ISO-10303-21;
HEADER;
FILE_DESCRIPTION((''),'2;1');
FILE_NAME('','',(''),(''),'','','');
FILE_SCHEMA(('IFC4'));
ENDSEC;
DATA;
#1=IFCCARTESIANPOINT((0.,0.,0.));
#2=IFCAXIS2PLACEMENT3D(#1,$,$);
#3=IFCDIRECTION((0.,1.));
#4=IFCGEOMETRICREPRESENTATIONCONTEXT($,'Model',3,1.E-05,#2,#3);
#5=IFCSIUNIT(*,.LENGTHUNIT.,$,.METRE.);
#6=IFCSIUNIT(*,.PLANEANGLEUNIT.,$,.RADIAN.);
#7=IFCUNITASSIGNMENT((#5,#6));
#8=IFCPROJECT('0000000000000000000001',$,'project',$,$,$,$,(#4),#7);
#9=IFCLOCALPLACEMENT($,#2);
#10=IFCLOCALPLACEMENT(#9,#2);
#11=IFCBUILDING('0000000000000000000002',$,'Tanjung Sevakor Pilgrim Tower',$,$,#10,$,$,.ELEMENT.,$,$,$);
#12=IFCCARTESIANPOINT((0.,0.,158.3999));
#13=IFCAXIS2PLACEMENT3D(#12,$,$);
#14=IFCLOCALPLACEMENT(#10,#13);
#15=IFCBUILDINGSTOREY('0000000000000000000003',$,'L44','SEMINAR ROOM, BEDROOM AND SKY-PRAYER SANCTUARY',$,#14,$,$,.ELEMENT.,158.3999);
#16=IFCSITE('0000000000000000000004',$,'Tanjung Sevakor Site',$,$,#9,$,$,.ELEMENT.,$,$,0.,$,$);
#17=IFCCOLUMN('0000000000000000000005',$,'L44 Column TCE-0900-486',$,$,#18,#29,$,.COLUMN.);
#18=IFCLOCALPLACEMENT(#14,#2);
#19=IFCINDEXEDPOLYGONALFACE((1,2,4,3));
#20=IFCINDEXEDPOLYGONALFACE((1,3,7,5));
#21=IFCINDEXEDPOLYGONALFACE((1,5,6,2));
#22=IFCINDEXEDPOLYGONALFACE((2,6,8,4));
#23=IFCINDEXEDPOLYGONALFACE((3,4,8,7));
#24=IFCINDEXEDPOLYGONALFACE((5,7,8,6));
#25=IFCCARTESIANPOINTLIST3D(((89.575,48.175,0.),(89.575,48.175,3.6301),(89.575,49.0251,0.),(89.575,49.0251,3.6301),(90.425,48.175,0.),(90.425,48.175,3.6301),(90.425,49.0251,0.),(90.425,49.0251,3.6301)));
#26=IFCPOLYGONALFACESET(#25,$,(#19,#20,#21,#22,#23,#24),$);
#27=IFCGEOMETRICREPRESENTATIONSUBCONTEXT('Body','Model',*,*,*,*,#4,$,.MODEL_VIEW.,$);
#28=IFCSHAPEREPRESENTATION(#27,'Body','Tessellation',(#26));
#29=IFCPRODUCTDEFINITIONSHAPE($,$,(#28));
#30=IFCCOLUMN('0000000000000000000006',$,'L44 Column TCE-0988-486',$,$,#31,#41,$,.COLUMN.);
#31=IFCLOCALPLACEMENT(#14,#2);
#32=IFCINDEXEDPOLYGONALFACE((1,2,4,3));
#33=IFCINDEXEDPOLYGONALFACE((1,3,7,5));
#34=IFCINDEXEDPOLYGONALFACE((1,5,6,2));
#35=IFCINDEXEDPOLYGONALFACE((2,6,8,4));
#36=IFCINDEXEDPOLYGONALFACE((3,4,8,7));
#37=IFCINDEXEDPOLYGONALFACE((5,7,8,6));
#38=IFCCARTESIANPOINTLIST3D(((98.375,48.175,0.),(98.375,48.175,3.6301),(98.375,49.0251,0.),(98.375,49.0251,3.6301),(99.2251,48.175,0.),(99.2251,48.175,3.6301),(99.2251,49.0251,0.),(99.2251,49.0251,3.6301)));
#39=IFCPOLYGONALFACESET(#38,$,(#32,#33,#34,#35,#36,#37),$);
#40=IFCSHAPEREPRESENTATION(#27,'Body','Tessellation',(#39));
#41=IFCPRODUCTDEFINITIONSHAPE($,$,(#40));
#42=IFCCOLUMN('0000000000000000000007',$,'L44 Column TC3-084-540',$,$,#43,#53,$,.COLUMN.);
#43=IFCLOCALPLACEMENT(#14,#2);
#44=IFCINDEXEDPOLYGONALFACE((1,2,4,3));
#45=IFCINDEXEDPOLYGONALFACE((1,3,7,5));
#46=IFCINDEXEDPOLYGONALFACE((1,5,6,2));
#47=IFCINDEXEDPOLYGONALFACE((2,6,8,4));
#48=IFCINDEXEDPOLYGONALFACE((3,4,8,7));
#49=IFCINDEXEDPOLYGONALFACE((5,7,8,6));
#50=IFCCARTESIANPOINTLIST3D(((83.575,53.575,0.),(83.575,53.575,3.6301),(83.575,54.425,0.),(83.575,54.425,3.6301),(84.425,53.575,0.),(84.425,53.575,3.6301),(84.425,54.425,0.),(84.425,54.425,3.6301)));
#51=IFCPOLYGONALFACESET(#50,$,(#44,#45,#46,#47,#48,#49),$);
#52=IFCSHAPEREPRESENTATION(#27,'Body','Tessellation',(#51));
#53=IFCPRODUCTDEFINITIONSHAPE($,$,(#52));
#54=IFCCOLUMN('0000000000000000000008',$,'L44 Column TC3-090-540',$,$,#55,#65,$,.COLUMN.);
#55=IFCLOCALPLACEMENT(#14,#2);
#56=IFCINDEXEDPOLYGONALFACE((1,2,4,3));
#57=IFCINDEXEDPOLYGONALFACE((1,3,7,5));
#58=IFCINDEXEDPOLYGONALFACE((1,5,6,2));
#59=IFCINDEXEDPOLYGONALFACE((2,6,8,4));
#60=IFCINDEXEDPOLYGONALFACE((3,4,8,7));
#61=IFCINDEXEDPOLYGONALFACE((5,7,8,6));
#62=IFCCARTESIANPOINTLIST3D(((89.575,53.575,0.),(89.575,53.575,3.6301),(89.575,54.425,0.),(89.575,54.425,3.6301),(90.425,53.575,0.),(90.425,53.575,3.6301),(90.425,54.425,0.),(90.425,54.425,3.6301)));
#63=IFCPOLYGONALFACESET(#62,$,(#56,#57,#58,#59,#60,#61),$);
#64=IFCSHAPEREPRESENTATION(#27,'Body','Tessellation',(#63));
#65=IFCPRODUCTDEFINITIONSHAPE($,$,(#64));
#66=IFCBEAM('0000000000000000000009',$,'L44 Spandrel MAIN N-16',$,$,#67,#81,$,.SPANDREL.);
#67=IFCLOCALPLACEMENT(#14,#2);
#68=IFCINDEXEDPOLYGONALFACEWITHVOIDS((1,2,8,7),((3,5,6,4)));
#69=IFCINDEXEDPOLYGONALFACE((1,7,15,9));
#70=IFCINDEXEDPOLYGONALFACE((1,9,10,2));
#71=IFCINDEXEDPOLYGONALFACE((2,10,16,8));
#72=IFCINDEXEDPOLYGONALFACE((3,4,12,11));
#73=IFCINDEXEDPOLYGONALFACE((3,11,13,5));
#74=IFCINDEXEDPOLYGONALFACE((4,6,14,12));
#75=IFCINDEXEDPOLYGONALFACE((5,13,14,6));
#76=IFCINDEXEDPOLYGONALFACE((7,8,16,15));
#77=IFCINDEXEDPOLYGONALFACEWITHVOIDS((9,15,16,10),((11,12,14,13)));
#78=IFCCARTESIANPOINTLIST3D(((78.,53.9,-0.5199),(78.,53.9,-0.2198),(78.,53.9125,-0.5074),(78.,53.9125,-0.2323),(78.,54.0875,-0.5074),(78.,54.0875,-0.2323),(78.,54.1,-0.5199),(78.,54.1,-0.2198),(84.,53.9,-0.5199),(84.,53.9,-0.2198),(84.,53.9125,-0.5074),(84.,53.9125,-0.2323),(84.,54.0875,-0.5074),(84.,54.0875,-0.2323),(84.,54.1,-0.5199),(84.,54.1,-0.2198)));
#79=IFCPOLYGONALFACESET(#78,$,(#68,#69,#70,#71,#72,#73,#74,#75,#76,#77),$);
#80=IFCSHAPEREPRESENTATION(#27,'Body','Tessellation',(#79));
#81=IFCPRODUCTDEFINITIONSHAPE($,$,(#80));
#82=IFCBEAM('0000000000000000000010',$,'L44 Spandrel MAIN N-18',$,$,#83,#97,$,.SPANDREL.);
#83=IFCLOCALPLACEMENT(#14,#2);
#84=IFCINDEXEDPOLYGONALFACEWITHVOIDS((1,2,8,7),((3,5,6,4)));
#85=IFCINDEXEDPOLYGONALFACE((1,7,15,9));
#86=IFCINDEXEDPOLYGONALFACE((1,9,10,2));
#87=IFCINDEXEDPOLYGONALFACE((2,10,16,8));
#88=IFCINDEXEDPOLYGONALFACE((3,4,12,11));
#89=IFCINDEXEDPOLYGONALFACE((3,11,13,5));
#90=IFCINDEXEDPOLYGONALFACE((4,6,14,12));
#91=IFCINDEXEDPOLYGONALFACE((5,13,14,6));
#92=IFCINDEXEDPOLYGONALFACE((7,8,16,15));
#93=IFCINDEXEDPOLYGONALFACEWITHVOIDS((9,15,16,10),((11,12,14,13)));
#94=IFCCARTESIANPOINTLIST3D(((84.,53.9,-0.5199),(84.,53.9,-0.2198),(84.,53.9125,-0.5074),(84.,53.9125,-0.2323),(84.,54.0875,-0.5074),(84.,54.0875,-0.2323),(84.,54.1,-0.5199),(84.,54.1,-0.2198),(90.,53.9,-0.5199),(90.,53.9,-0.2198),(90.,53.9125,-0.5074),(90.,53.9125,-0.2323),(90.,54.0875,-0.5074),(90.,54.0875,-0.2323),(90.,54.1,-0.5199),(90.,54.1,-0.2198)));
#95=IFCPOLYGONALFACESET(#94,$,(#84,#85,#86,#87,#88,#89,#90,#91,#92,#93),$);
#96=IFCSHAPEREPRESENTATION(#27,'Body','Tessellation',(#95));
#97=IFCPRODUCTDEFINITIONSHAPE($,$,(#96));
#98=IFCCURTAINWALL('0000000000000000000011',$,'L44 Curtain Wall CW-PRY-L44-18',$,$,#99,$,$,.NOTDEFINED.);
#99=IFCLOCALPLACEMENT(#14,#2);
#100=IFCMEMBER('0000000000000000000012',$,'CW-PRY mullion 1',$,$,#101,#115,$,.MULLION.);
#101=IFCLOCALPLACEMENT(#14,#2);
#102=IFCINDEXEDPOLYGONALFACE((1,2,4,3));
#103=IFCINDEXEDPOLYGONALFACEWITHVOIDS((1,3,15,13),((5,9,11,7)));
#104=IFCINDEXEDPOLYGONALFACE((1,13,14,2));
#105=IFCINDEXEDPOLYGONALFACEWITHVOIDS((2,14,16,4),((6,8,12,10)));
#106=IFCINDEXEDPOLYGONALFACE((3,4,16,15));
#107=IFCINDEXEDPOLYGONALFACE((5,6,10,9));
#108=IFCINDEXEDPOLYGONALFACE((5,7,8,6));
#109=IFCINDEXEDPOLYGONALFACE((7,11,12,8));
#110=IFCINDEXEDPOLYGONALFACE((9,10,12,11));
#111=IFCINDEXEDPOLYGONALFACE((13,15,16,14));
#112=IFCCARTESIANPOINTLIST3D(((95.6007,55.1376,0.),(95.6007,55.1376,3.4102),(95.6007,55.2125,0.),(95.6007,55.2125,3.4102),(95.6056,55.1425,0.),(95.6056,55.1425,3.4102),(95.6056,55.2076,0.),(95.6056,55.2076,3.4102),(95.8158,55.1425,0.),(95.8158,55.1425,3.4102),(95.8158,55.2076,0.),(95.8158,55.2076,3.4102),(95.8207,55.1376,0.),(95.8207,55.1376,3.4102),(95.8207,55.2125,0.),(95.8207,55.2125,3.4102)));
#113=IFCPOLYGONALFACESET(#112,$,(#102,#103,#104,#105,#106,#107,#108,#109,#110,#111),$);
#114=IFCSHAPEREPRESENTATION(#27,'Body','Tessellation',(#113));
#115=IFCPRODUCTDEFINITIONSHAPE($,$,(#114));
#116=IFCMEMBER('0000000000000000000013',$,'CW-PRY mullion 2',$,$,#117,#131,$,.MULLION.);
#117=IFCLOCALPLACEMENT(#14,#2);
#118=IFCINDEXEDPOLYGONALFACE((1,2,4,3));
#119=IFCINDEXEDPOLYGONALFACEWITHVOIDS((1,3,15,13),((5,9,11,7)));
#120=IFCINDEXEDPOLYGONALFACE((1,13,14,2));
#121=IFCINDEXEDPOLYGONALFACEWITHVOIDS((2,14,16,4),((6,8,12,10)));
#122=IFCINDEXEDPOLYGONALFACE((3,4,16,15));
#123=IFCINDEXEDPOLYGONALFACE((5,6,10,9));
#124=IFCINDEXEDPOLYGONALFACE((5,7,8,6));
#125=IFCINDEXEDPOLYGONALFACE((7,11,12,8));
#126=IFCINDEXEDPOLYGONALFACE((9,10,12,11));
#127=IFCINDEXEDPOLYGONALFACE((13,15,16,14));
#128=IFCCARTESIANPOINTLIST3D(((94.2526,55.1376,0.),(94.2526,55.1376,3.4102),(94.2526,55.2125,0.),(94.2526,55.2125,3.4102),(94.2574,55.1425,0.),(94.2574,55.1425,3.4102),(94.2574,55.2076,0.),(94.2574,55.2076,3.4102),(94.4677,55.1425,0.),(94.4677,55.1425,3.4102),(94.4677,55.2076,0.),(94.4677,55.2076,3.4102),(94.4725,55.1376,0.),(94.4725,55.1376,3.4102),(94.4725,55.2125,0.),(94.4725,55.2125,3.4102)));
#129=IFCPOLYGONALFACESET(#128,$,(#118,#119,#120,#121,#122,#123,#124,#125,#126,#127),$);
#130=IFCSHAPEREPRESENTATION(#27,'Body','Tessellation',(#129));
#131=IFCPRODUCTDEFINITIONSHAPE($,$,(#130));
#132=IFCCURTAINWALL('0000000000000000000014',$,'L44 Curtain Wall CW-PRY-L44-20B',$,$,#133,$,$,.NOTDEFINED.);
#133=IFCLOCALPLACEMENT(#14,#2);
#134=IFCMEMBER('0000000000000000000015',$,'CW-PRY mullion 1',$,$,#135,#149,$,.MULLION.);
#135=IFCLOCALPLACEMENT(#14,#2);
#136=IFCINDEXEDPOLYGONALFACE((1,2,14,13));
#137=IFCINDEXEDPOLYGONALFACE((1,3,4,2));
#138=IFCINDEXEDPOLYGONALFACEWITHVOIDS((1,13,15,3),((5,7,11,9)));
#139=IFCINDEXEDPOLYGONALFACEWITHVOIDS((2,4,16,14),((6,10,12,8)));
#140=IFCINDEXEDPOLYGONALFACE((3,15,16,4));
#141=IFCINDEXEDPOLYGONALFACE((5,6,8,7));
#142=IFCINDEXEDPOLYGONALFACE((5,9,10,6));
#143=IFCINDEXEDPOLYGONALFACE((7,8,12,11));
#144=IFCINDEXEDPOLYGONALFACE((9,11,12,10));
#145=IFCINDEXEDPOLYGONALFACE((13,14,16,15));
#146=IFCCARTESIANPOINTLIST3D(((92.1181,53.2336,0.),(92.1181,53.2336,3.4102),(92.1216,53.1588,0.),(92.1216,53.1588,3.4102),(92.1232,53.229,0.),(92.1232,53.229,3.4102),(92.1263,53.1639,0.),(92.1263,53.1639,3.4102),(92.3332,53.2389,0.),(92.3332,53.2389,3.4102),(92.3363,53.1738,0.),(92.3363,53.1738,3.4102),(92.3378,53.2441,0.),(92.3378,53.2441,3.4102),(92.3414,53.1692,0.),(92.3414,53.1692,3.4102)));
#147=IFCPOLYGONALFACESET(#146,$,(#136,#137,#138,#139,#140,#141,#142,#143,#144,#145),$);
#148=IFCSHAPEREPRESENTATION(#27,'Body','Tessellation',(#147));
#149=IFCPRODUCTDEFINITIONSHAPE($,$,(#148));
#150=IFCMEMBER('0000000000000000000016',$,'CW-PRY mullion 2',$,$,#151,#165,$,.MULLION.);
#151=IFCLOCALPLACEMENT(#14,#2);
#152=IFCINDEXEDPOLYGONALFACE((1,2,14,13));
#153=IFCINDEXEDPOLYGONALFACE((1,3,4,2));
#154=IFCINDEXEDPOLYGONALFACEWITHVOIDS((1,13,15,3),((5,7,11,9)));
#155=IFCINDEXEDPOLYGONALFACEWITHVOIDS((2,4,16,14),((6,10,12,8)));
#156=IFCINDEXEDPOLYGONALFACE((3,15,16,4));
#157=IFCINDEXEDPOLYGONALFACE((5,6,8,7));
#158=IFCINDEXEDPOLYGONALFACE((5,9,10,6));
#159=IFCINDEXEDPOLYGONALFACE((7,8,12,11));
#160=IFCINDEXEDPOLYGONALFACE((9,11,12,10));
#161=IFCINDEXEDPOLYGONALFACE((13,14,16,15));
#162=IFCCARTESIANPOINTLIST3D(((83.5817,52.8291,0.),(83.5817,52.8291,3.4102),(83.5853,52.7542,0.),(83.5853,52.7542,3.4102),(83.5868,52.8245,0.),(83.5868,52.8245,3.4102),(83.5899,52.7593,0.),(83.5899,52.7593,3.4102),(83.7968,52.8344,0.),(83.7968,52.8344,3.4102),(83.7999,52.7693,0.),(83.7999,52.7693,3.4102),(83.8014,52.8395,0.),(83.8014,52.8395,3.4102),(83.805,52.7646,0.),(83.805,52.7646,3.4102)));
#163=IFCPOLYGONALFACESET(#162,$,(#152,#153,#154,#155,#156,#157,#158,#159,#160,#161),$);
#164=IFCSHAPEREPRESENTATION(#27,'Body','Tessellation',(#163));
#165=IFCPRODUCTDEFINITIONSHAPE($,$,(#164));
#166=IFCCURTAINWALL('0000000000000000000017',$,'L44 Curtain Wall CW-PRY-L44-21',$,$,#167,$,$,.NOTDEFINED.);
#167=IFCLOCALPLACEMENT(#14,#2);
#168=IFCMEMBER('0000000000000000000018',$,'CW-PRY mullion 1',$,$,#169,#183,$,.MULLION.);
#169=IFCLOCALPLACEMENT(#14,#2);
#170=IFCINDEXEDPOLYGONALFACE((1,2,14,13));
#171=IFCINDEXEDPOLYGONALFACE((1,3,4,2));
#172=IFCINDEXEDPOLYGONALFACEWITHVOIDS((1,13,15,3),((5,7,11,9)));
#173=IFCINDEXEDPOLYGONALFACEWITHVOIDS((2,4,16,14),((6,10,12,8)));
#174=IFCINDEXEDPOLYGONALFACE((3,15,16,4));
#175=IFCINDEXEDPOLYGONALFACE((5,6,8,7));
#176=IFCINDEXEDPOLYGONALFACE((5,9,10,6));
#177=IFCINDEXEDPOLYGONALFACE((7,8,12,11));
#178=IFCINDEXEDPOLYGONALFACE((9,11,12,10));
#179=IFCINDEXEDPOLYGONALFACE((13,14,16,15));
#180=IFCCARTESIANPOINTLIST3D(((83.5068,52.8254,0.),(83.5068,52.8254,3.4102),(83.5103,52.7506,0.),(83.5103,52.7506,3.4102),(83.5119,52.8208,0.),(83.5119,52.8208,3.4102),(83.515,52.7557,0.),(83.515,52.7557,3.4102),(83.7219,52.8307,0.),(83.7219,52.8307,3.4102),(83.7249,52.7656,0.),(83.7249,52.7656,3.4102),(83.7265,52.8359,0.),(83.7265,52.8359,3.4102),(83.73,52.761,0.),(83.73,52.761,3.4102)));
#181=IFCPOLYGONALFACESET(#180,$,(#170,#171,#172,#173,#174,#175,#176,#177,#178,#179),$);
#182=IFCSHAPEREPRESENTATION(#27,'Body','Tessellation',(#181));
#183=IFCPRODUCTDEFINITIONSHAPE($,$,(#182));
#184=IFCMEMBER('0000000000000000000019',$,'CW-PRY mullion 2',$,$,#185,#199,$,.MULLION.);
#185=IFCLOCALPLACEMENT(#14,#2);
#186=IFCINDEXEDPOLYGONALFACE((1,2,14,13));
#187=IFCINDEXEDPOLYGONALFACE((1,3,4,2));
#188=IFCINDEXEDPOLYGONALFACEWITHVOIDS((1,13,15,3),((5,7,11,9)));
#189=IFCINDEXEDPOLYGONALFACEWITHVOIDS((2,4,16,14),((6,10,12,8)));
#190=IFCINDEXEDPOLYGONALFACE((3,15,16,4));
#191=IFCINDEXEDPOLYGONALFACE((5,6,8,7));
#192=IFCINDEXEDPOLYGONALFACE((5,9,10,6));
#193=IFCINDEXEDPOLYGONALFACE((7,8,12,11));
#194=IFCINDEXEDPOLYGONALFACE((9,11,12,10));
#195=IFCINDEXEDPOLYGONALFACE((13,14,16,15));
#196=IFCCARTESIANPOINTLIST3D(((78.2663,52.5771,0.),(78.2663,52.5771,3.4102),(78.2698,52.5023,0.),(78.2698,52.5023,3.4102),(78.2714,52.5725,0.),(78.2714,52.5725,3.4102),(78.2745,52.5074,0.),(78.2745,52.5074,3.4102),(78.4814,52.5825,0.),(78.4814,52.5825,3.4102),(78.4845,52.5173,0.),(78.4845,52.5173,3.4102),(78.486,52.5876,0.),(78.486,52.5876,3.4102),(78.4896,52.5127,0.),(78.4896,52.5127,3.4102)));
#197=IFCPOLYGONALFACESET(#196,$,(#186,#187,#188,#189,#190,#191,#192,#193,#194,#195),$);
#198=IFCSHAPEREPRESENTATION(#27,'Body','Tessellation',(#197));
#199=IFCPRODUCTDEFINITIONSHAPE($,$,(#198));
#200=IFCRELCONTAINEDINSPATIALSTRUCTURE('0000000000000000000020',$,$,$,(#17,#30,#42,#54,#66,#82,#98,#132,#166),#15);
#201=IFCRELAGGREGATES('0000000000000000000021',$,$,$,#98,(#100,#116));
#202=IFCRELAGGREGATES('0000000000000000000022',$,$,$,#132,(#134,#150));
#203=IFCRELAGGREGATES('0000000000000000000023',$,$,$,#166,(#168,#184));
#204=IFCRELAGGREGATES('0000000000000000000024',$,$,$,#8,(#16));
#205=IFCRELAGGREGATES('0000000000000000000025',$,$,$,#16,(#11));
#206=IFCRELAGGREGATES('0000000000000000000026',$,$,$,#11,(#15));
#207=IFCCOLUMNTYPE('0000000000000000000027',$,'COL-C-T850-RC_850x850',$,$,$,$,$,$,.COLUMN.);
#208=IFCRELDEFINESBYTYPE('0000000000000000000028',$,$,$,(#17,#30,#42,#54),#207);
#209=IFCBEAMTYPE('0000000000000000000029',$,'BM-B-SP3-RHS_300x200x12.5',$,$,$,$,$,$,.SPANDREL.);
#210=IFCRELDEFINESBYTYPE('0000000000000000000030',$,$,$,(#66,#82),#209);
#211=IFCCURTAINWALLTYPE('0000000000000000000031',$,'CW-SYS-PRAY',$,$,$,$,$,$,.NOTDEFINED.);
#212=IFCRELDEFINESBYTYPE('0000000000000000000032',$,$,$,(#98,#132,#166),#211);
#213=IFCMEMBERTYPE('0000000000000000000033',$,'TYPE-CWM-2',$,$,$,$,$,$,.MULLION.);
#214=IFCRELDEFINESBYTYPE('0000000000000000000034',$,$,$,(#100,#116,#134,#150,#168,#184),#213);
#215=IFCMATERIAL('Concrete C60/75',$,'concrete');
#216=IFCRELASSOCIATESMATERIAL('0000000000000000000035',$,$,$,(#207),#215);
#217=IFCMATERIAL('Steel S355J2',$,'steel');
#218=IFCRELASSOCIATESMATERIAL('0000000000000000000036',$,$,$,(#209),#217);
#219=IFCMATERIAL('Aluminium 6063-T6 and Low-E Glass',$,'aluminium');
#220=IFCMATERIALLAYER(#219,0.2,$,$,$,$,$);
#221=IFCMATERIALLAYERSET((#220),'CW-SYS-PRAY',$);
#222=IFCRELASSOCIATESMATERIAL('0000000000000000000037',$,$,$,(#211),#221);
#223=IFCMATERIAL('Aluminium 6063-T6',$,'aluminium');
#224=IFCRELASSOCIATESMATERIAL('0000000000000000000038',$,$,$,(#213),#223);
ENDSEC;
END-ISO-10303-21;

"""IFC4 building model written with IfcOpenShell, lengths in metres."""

from ifc_helpers import new_model, si_unit, direction, frame, origin, origin_2d, place, context, subcontext, project, spatial, rectangle, hollow_rectangle, extrude, material, layer, layer_set, material_profile, profile_set, type_object, element, aggregate, save


model = new_model("IFC4")

# Units and contexts
model_context = context("Model", 3, precision=1e-05, world=origin(), true_north=direction((0.0, 1.0)))
body_context = subcontext(model_context, "Body", "Model", "MODEL_VIEW")
ifc_project = project(units=[si_unit("LENGTHUNIT", "METRE"), si_unit("PLANEANGLEUNIT", "RADIAN")], contexts=[model_context])

# Site, building, storey
site_placement = place(None, origin())
site = spatial("IfcSite", under=ifc_project, at=site_placement, Name="Tanjung Sevakor Site", CompositionType="ELEMENT", RefElevation=0.0)
building_placement = place(site_placement, origin())
building = spatial("IfcBuilding", under=site, at=building_placement, Name="Tanjung Sevakor Pilgrim Tower", CompositionType="ELEMENT")
storey_placement = place(building_placement, frame((0.0, 0.0, 158.3999)))
storey = spatial("IfcBuildingStorey", under=building, at=storey_placement, Name="L44", Description="SEMINAR ROOM, BEDROOM AND SKY-PRAYER SANCTUARY", CompositionType="ELEMENT", Elevation=158.3999)

# Columns
ifc_material_1 = material(Name="Concrete C60/75", Category="concrete")
ifc_material_profile_1 = material_profile(ifc_material_1, rectangle(XDim=0.8501, YDim=0.8501, at=origin_2d()))
ifc_profile_set_1 = profile_set([ifc_material_profile_1], Name="Concrete C60/75")
column_type = type_object("IfcColumnType", Name="COL-C-T850-RC_850x850", PredefinedType="COLUMN", material=ifc_profile_set_1)
for number, where, z_axis, x_axis, name in (
    (1, (90.0, 48.6001, 0.0), (0.0, 0.0, 1.0), (1.0, 0.0, 0.0), "L44 Column TCE-0900-486"),
    (2, (98.8, 48.6001, 0.0), (0.0, 0.0, 1.0), (1.0, 0.0, 0.0), "L44 Column TCE-0988-486"),
    (3, (84.0, 54.0, 0.0), (0.0, 0.0, 1.0), (1.0, 0.0, 0.0), "L44 Column TC3-084-540"),
    (4, (90.0, 54.0, 0.0), (0.0, 0.0, 1.0), (1.0, 0.0, 0.0), "L44 Column TC3-090-540"),
):
    element("IfcColumn", number, at=place(storey_placement, frame(where, z_axis=z_axis, x_axis=x_axis)), inside=storey, type_object=column_type, Name=name, PredefinedType="COLUMN", context=body_context, shape_type="SweptSolid", body=[
        extrude(rectangle(XDim=0.8501, YDim=0.8501, at=origin_2d()), origin(), (0.0, 0.0, 1.0), 3.6301),
    ])

# Beams
ifc_material_2 = material(Name="Steel S355J2", Category="steel")
ifc_material_profile_2 = material_profile(ifc_material_2, hollow_rectangle(XDim=0.2, YDim=0.3, WallThickness=0.0125, at=origin_2d()))
ifc_profile_set_2 = profile_set([ifc_material_profile_2], Name="Steel S355J2")
beam_type = type_object("IfcBeamType", Name="BM-B-SP3-RHS_300x200x12.5", PredefinedType="SPANDREL", material=ifc_profile_set_2)
for number, where, z_axis, x_axis, name in (
    (5, (78.0, 54.0, -0.3699), (1.0, 0.0, 0.0), (0.0, 1.0, 0.0), "L44 Spandrel MAIN N-16"),
    (6, (84.0, 54.0, -0.3699), (1.0, 0.0, 0.0), (0.0, 1.0, 0.0), "L44 Spandrel MAIN N-18"),
):
    element("IfcBeam", number, at=place(storey_placement, frame(where, z_axis=z_axis, x_axis=x_axis)), inside=storey, type_object=beam_type, Name=name, PredefinedType="SPANDREL", context=body_context, shape_type="SweptSolid", body=[
        extrude(hollow_rectangle(XDim=0.2, YDim=0.3, WallThickness=0.0125, at=origin_2d()), origin(), (0.0, 0.0, 1.0), 6.0),
    ])

# Curtain walls, members
ifc_material_3 = material(Name="Aluminium 6063-T6 and Low-E Glass", Category="aluminium")
ifc_layer_1 = layer(ifc_material_3, 0.2)
ifc_layer_set_1 = layer_set([ifc_layer_1], Name="CW-SYS-PRAY")
curtain_wall_type = type_object("IfcCurtainWallType", Name="CW-SYS-PRAY", PredefinedType="NOTDEFINED", material=ifc_layer_set_1)
curtain_wall_1_placement = place(storey_placement, origin())
curtain_wall_1 = element("IfcCurtainWall", 7, at=curtain_wall_1_placement, inside=storey, type_object=curtain_wall_type, Name="L44 Curtain Wall CW-PRY-L44-18", PredefinedType="NOTDEFINED")
ifc_material_4 = material(Name="Aluminium 6063-T6", Category="aluminium")
ifc_material_profile_3 = material_profile(ifc_material_4, hollow_rectangle(XDim=0.075, YDim=0.22, WallThickness=0.0049, at=origin_2d()))
ifc_profile_set_3 = profile_set([ifc_material_profile_3], Name="Aluminium 6063-T6")
member_type_1 = type_object("IfcMemberType", Name="TYPE-CWM-2", PredefinedType="MULLION", material=ifc_profile_set_3)
member_1_placement = place(storey_placement, frame((95.7107, 55.175, 0.0), z_axis=(0.0, 0.0, 1.0), x_axis=(0.0, -1.0, 0.0)))
member_1 = element("IfcMember", 8, at=member_1_placement, type_object=member_type_1, Name="CW-PRY mullion 1", PredefinedType="MULLION", context=body_context, shape_type="SweptSolid", body=[
    extrude(hollow_rectangle(XDim=0.075, YDim=0.22, WallThickness=0.0049, at=origin_2d()), origin(), (0.0, 0.0, 1.0), 3.4102),
])
member_2_placement = place(storey_placement, frame((94.3625, 55.175, 0.0), z_axis=(0.0, 0.0, 1.0), x_axis=(0.0, -1.0, 0.0)))
member_2 = element("IfcMember", 9, at=member_2_placement, type_object=member_type_1, Name="CW-PRY mullion 2", PredefinedType="MULLION", context=body_context, shape_type="SweptSolid", body=[
    extrude(hollow_rectangle(XDim=0.075, YDim=0.22, WallThickness=0.0049, at=origin_2d()), origin(), (0.0, 0.0, 1.0), 3.4102),
])
curtain_wall_2_placement = place(storey_placement, origin())
curtain_wall_2 = element("IfcCurtainWall", 10, at=curtain_wall_2_placement, inside=storey, type_object=curtain_wall_type, Name="L44 Curtain Wall CW-PRY-L44-20B", PredefinedType="NOTDEFINED")
member_3_placement = place(storey_placement, frame((92.2297, 53.2014, 0.0), z_axis=(0.0, 0.0, 1.0), x_axis=(0.047349, -0.998878, 0.0)))
member_3 = element("IfcMember", 11, at=member_3_placement, type_object=member_type_1, Name="CW-PRY mullion 1", PredefinedType="MULLION", context=body_context, shape_type="SweptSolid", body=[
    extrude(hollow_rectangle(XDim=0.075, YDim=0.22, WallThickness=0.0049, at=origin_2d()), origin(), (0.0, 0.0, 1.0), 3.4102),
])
member_4_placement = place(storey_placement, frame((83.6934, 52.7969, 0.0), z_axis=(0.0, 0.0, 1.0), x_axis=(0.047349, -0.998878, 0.0)))
member_4 = element("IfcMember", 12, at=member_4_placement, type_object=member_type_1, Name="CW-PRY mullion 2", PredefinedType="MULLION", context=body_context, shape_type="SweptSolid", body=[
    extrude(hollow_rectangle(XDim=0.075, YDim=0.22, WallThickness=0.0049, at=origin_2d()), origin(), (0.0, 0.0, 1.0), 3.4102),
])
curtain_wall_3_placement = place(storey_placement, origin())
curtain_wall_3 = element("IfcCurtainWall", 13, at=curtain_wall_3_placement, inside=storey, type_object=curtain_wall_type, Name="L44 Curtain Wall CW-PRY-L44-21", PredefinedType="NOTDEFINED")
member_5_placement = place(storey_placement, frame((83.6184, 52.7932, 0.0), z_axis=(0.0, 0.0, 1.0), x_axis=(0.047333, -0.998879, 0.0)))
member_5 = element("IfcMember", 14, at=member_5_placement, type_object=member_type_1, Name="CW-PRY mullion 1", PredefinedType="MULLION", context=body_context, shape_type="SweptSolid", body=[
    extrude(hollow_rectangle(XDim=0.075, YDim=0.22, WallThickness=0.0049, at=origin_2d()), origin(), (0.0, 0.0, 1.0), 3.4102),
])
member_6_placement = place(storey_placement, frame((78.3779, 52.5449, 0.0), z_axis=(0.0, 0.0, 1.0), x_axis=(0.047333, -0.998879, 0.0)))
member_6 = element("IfcMember", 15, at=member_6_placement, type_object=member_type_1, Name="CW-PRY mullion 2", PredefinedType="MULLION", context=body_context, shape_type="SweptSolid", body=[
    extrude(hollow_rectangle(XDim=0.075, YDim=0.22, WallThickness=0.0049, at=origin_2d()), origin(), (0.0, 0.0, 1.0), 3.4102),
])

aggregate(curtain_wall_1, [member_1, member_2])
aggregate(curtain_wall_2, [member_3, member_4])
aggregate(curtain_wall_3, [member_5, member_6])

save(model, "model.ifc")
